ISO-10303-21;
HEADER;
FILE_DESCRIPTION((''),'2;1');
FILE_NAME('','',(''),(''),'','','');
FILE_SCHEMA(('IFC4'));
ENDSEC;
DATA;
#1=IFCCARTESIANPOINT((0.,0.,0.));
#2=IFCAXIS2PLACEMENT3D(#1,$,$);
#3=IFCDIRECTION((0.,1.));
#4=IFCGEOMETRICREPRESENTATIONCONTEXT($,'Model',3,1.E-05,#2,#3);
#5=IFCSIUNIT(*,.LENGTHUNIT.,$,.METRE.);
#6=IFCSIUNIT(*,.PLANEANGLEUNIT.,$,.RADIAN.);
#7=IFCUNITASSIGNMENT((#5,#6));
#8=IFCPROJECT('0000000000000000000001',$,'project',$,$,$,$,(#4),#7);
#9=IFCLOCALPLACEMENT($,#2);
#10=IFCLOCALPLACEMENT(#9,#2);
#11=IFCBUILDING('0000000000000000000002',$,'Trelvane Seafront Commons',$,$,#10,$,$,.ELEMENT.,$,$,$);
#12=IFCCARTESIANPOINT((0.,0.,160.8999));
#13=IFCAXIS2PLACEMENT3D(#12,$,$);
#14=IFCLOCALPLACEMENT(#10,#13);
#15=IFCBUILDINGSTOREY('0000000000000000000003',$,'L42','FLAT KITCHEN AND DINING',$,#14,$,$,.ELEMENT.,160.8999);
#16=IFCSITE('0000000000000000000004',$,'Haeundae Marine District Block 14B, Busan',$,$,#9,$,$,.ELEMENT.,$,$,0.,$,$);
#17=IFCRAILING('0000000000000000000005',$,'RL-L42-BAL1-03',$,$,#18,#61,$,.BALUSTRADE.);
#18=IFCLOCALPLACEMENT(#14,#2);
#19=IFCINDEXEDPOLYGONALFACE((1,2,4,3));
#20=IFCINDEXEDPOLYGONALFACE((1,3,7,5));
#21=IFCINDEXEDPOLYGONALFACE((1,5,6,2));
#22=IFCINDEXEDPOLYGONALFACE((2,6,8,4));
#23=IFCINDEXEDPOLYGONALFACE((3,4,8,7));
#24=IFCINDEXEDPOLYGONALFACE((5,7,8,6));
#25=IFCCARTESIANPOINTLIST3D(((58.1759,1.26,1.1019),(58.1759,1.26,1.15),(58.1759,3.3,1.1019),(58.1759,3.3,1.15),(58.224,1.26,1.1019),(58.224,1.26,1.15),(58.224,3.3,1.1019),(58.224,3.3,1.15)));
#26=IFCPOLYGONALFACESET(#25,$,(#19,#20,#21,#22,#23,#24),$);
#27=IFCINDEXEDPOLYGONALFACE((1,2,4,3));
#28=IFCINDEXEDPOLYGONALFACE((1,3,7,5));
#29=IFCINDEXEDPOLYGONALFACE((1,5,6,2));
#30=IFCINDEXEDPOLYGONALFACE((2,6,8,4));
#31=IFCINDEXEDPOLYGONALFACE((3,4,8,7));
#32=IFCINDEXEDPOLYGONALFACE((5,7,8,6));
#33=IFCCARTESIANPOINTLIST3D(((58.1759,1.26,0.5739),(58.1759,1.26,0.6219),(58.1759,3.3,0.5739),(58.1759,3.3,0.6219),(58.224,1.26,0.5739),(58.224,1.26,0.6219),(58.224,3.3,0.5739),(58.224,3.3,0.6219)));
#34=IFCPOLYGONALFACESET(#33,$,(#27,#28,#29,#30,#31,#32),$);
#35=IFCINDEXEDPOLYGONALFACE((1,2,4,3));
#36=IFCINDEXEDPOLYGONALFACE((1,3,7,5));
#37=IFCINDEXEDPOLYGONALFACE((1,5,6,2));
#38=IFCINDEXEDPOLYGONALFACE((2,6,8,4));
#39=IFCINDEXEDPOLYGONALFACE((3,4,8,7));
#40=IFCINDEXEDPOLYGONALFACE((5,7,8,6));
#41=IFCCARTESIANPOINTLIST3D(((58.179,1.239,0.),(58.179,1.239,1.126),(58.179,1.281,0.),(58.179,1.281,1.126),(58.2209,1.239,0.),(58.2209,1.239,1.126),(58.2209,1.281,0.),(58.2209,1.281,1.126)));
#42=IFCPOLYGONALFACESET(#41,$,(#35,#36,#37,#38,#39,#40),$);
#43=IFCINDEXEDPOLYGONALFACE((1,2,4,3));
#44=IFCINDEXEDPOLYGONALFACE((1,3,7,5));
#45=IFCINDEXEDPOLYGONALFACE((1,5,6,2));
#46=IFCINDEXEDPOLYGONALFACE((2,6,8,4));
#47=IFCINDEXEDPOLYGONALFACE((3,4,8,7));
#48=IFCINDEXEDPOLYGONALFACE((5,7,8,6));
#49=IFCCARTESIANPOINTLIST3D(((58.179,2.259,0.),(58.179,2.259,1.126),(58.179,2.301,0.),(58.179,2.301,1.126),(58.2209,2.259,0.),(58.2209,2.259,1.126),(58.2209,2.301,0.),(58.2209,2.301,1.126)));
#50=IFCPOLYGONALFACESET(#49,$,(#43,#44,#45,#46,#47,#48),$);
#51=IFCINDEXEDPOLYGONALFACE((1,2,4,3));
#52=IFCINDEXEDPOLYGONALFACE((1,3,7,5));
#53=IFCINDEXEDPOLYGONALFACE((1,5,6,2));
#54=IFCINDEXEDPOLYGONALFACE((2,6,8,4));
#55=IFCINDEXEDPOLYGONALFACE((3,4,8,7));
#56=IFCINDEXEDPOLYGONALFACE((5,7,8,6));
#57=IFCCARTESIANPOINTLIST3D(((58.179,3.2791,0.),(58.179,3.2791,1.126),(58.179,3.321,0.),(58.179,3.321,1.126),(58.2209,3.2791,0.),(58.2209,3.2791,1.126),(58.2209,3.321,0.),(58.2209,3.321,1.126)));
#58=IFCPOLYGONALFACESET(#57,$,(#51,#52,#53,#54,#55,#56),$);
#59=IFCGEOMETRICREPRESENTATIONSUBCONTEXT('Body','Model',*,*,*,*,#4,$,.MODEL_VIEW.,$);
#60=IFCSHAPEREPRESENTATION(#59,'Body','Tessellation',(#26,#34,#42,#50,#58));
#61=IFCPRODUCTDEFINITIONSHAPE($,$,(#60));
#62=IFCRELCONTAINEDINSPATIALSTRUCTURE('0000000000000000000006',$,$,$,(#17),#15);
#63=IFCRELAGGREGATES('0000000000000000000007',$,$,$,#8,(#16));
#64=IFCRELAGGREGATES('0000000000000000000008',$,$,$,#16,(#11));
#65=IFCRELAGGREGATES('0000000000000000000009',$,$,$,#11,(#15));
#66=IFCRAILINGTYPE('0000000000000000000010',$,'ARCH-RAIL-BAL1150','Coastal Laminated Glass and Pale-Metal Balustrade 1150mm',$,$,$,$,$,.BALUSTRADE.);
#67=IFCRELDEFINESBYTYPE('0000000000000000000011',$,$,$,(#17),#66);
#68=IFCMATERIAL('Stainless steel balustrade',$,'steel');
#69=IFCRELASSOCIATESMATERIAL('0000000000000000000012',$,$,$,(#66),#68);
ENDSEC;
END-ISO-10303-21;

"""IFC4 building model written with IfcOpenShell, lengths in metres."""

from ifc_helpers import new_model, si_unit, direction, frame, origin, origin_2d, place, context, subcontext, project, spatial, rectangle, extrude, material, type_object, element, save


model = new_model("IFC4")

# Units and contexts
model_context = context("Model", 3, precision=1e-05, world=origin(), true_north=direction((0.0, 1.0)))
body_context = subcontext(model_context, "Body", "Model", "MODEL_VIEW")
ifc_project = project(units=[si_unit("LENGTHUNIT", "METRE"), si_unit("PLANEANGLEUNIT", "RADIAN")], contexts=[model_context])

# Site, building, storey
site_placement = place(None, origin())
site = spatial("IfcSite", under=ifc_project, at=site_placement, Name="Haeundae Marine District Block 14B, Busan", CompositionType="ELEMENT", RefElevation=0.0)
building_placement = place(site_placement, origin())
building = spatial("IfcBuilding", under=site, at=building_placement, Name="Trelvane Seafront Commons", CompositionType="ELEMENT")
storey_placement = place(building_placement, frame((0.0, 0.0, 160.8999)))
storey = spatial("IfcBuildingStorey", under=building, at=storey_placement, Name="L42", Description="FLAT KITCHEN AND DINING", CompositionType="ELEMENT", Elevation=160.8999)

# Railing
ifc_material_1 = material(Name="Stainless steel balustrade", Category="steel")
railing_type = type_object("IfcRailingType", Name="ARCH-RAIL-BAL1150", Description="Coastal Laminated Glass and Pale-Metal Balustrade 1150mm", PredefinedType="BALUSTRADE", material=ifc_material_1)
railing_1_placement = place(storey_placement, frame((58.2, 1.26, 0.0)))
element("IfcRailing", 1, at=railing_1_placement, inside=storey, type_object=railing_type, Name="RL-L42-BAL1-03", PredefinedType="BALUSTRADE", context=body_context, shape_type="SweptSolid", body=[
    extrude(rectangle(XDim=0.0481, YDim=0.0481, at=origin_2d()), frame((0.0, 0.0, 1.126), z_axis=(0.0, 1.0, 0.0), x_axis=(-1.0, 0.0, 0.0)), (0.0, 0.0, 1.0), 2.04),
    extrude(rectangle(XDim=0.0481, YDim=0.0481, at=origin_2d()), frame((0.0, 0.0, 0.5979), z_axis=(0.0, 1.0, 0.0), x_axis=(-1.0, 0.0, 0.0)), (0.0, 0.0, 1.0), 2.04),
    extrude(rectangle(XDim=0.042, YDim=0.042, at=origin_2d()), origin(), (0.0, 0.0, 1.0), 1.126),
    extrude(rectangle(XDim=0.042, YDim=0.042, at=origin_2d()), frame((0.0, 1.02, 0.0)), (0.0, 0.0, 1.0), 1.126),
    extrude(rectangle(XDim=0.042, YDim=0.042, at=origin_2d()), frame((0.0, 2.04, 0.0)), (0.0, 0.0, 1.0), 1.126),
])

save(model, "model.ifc")
